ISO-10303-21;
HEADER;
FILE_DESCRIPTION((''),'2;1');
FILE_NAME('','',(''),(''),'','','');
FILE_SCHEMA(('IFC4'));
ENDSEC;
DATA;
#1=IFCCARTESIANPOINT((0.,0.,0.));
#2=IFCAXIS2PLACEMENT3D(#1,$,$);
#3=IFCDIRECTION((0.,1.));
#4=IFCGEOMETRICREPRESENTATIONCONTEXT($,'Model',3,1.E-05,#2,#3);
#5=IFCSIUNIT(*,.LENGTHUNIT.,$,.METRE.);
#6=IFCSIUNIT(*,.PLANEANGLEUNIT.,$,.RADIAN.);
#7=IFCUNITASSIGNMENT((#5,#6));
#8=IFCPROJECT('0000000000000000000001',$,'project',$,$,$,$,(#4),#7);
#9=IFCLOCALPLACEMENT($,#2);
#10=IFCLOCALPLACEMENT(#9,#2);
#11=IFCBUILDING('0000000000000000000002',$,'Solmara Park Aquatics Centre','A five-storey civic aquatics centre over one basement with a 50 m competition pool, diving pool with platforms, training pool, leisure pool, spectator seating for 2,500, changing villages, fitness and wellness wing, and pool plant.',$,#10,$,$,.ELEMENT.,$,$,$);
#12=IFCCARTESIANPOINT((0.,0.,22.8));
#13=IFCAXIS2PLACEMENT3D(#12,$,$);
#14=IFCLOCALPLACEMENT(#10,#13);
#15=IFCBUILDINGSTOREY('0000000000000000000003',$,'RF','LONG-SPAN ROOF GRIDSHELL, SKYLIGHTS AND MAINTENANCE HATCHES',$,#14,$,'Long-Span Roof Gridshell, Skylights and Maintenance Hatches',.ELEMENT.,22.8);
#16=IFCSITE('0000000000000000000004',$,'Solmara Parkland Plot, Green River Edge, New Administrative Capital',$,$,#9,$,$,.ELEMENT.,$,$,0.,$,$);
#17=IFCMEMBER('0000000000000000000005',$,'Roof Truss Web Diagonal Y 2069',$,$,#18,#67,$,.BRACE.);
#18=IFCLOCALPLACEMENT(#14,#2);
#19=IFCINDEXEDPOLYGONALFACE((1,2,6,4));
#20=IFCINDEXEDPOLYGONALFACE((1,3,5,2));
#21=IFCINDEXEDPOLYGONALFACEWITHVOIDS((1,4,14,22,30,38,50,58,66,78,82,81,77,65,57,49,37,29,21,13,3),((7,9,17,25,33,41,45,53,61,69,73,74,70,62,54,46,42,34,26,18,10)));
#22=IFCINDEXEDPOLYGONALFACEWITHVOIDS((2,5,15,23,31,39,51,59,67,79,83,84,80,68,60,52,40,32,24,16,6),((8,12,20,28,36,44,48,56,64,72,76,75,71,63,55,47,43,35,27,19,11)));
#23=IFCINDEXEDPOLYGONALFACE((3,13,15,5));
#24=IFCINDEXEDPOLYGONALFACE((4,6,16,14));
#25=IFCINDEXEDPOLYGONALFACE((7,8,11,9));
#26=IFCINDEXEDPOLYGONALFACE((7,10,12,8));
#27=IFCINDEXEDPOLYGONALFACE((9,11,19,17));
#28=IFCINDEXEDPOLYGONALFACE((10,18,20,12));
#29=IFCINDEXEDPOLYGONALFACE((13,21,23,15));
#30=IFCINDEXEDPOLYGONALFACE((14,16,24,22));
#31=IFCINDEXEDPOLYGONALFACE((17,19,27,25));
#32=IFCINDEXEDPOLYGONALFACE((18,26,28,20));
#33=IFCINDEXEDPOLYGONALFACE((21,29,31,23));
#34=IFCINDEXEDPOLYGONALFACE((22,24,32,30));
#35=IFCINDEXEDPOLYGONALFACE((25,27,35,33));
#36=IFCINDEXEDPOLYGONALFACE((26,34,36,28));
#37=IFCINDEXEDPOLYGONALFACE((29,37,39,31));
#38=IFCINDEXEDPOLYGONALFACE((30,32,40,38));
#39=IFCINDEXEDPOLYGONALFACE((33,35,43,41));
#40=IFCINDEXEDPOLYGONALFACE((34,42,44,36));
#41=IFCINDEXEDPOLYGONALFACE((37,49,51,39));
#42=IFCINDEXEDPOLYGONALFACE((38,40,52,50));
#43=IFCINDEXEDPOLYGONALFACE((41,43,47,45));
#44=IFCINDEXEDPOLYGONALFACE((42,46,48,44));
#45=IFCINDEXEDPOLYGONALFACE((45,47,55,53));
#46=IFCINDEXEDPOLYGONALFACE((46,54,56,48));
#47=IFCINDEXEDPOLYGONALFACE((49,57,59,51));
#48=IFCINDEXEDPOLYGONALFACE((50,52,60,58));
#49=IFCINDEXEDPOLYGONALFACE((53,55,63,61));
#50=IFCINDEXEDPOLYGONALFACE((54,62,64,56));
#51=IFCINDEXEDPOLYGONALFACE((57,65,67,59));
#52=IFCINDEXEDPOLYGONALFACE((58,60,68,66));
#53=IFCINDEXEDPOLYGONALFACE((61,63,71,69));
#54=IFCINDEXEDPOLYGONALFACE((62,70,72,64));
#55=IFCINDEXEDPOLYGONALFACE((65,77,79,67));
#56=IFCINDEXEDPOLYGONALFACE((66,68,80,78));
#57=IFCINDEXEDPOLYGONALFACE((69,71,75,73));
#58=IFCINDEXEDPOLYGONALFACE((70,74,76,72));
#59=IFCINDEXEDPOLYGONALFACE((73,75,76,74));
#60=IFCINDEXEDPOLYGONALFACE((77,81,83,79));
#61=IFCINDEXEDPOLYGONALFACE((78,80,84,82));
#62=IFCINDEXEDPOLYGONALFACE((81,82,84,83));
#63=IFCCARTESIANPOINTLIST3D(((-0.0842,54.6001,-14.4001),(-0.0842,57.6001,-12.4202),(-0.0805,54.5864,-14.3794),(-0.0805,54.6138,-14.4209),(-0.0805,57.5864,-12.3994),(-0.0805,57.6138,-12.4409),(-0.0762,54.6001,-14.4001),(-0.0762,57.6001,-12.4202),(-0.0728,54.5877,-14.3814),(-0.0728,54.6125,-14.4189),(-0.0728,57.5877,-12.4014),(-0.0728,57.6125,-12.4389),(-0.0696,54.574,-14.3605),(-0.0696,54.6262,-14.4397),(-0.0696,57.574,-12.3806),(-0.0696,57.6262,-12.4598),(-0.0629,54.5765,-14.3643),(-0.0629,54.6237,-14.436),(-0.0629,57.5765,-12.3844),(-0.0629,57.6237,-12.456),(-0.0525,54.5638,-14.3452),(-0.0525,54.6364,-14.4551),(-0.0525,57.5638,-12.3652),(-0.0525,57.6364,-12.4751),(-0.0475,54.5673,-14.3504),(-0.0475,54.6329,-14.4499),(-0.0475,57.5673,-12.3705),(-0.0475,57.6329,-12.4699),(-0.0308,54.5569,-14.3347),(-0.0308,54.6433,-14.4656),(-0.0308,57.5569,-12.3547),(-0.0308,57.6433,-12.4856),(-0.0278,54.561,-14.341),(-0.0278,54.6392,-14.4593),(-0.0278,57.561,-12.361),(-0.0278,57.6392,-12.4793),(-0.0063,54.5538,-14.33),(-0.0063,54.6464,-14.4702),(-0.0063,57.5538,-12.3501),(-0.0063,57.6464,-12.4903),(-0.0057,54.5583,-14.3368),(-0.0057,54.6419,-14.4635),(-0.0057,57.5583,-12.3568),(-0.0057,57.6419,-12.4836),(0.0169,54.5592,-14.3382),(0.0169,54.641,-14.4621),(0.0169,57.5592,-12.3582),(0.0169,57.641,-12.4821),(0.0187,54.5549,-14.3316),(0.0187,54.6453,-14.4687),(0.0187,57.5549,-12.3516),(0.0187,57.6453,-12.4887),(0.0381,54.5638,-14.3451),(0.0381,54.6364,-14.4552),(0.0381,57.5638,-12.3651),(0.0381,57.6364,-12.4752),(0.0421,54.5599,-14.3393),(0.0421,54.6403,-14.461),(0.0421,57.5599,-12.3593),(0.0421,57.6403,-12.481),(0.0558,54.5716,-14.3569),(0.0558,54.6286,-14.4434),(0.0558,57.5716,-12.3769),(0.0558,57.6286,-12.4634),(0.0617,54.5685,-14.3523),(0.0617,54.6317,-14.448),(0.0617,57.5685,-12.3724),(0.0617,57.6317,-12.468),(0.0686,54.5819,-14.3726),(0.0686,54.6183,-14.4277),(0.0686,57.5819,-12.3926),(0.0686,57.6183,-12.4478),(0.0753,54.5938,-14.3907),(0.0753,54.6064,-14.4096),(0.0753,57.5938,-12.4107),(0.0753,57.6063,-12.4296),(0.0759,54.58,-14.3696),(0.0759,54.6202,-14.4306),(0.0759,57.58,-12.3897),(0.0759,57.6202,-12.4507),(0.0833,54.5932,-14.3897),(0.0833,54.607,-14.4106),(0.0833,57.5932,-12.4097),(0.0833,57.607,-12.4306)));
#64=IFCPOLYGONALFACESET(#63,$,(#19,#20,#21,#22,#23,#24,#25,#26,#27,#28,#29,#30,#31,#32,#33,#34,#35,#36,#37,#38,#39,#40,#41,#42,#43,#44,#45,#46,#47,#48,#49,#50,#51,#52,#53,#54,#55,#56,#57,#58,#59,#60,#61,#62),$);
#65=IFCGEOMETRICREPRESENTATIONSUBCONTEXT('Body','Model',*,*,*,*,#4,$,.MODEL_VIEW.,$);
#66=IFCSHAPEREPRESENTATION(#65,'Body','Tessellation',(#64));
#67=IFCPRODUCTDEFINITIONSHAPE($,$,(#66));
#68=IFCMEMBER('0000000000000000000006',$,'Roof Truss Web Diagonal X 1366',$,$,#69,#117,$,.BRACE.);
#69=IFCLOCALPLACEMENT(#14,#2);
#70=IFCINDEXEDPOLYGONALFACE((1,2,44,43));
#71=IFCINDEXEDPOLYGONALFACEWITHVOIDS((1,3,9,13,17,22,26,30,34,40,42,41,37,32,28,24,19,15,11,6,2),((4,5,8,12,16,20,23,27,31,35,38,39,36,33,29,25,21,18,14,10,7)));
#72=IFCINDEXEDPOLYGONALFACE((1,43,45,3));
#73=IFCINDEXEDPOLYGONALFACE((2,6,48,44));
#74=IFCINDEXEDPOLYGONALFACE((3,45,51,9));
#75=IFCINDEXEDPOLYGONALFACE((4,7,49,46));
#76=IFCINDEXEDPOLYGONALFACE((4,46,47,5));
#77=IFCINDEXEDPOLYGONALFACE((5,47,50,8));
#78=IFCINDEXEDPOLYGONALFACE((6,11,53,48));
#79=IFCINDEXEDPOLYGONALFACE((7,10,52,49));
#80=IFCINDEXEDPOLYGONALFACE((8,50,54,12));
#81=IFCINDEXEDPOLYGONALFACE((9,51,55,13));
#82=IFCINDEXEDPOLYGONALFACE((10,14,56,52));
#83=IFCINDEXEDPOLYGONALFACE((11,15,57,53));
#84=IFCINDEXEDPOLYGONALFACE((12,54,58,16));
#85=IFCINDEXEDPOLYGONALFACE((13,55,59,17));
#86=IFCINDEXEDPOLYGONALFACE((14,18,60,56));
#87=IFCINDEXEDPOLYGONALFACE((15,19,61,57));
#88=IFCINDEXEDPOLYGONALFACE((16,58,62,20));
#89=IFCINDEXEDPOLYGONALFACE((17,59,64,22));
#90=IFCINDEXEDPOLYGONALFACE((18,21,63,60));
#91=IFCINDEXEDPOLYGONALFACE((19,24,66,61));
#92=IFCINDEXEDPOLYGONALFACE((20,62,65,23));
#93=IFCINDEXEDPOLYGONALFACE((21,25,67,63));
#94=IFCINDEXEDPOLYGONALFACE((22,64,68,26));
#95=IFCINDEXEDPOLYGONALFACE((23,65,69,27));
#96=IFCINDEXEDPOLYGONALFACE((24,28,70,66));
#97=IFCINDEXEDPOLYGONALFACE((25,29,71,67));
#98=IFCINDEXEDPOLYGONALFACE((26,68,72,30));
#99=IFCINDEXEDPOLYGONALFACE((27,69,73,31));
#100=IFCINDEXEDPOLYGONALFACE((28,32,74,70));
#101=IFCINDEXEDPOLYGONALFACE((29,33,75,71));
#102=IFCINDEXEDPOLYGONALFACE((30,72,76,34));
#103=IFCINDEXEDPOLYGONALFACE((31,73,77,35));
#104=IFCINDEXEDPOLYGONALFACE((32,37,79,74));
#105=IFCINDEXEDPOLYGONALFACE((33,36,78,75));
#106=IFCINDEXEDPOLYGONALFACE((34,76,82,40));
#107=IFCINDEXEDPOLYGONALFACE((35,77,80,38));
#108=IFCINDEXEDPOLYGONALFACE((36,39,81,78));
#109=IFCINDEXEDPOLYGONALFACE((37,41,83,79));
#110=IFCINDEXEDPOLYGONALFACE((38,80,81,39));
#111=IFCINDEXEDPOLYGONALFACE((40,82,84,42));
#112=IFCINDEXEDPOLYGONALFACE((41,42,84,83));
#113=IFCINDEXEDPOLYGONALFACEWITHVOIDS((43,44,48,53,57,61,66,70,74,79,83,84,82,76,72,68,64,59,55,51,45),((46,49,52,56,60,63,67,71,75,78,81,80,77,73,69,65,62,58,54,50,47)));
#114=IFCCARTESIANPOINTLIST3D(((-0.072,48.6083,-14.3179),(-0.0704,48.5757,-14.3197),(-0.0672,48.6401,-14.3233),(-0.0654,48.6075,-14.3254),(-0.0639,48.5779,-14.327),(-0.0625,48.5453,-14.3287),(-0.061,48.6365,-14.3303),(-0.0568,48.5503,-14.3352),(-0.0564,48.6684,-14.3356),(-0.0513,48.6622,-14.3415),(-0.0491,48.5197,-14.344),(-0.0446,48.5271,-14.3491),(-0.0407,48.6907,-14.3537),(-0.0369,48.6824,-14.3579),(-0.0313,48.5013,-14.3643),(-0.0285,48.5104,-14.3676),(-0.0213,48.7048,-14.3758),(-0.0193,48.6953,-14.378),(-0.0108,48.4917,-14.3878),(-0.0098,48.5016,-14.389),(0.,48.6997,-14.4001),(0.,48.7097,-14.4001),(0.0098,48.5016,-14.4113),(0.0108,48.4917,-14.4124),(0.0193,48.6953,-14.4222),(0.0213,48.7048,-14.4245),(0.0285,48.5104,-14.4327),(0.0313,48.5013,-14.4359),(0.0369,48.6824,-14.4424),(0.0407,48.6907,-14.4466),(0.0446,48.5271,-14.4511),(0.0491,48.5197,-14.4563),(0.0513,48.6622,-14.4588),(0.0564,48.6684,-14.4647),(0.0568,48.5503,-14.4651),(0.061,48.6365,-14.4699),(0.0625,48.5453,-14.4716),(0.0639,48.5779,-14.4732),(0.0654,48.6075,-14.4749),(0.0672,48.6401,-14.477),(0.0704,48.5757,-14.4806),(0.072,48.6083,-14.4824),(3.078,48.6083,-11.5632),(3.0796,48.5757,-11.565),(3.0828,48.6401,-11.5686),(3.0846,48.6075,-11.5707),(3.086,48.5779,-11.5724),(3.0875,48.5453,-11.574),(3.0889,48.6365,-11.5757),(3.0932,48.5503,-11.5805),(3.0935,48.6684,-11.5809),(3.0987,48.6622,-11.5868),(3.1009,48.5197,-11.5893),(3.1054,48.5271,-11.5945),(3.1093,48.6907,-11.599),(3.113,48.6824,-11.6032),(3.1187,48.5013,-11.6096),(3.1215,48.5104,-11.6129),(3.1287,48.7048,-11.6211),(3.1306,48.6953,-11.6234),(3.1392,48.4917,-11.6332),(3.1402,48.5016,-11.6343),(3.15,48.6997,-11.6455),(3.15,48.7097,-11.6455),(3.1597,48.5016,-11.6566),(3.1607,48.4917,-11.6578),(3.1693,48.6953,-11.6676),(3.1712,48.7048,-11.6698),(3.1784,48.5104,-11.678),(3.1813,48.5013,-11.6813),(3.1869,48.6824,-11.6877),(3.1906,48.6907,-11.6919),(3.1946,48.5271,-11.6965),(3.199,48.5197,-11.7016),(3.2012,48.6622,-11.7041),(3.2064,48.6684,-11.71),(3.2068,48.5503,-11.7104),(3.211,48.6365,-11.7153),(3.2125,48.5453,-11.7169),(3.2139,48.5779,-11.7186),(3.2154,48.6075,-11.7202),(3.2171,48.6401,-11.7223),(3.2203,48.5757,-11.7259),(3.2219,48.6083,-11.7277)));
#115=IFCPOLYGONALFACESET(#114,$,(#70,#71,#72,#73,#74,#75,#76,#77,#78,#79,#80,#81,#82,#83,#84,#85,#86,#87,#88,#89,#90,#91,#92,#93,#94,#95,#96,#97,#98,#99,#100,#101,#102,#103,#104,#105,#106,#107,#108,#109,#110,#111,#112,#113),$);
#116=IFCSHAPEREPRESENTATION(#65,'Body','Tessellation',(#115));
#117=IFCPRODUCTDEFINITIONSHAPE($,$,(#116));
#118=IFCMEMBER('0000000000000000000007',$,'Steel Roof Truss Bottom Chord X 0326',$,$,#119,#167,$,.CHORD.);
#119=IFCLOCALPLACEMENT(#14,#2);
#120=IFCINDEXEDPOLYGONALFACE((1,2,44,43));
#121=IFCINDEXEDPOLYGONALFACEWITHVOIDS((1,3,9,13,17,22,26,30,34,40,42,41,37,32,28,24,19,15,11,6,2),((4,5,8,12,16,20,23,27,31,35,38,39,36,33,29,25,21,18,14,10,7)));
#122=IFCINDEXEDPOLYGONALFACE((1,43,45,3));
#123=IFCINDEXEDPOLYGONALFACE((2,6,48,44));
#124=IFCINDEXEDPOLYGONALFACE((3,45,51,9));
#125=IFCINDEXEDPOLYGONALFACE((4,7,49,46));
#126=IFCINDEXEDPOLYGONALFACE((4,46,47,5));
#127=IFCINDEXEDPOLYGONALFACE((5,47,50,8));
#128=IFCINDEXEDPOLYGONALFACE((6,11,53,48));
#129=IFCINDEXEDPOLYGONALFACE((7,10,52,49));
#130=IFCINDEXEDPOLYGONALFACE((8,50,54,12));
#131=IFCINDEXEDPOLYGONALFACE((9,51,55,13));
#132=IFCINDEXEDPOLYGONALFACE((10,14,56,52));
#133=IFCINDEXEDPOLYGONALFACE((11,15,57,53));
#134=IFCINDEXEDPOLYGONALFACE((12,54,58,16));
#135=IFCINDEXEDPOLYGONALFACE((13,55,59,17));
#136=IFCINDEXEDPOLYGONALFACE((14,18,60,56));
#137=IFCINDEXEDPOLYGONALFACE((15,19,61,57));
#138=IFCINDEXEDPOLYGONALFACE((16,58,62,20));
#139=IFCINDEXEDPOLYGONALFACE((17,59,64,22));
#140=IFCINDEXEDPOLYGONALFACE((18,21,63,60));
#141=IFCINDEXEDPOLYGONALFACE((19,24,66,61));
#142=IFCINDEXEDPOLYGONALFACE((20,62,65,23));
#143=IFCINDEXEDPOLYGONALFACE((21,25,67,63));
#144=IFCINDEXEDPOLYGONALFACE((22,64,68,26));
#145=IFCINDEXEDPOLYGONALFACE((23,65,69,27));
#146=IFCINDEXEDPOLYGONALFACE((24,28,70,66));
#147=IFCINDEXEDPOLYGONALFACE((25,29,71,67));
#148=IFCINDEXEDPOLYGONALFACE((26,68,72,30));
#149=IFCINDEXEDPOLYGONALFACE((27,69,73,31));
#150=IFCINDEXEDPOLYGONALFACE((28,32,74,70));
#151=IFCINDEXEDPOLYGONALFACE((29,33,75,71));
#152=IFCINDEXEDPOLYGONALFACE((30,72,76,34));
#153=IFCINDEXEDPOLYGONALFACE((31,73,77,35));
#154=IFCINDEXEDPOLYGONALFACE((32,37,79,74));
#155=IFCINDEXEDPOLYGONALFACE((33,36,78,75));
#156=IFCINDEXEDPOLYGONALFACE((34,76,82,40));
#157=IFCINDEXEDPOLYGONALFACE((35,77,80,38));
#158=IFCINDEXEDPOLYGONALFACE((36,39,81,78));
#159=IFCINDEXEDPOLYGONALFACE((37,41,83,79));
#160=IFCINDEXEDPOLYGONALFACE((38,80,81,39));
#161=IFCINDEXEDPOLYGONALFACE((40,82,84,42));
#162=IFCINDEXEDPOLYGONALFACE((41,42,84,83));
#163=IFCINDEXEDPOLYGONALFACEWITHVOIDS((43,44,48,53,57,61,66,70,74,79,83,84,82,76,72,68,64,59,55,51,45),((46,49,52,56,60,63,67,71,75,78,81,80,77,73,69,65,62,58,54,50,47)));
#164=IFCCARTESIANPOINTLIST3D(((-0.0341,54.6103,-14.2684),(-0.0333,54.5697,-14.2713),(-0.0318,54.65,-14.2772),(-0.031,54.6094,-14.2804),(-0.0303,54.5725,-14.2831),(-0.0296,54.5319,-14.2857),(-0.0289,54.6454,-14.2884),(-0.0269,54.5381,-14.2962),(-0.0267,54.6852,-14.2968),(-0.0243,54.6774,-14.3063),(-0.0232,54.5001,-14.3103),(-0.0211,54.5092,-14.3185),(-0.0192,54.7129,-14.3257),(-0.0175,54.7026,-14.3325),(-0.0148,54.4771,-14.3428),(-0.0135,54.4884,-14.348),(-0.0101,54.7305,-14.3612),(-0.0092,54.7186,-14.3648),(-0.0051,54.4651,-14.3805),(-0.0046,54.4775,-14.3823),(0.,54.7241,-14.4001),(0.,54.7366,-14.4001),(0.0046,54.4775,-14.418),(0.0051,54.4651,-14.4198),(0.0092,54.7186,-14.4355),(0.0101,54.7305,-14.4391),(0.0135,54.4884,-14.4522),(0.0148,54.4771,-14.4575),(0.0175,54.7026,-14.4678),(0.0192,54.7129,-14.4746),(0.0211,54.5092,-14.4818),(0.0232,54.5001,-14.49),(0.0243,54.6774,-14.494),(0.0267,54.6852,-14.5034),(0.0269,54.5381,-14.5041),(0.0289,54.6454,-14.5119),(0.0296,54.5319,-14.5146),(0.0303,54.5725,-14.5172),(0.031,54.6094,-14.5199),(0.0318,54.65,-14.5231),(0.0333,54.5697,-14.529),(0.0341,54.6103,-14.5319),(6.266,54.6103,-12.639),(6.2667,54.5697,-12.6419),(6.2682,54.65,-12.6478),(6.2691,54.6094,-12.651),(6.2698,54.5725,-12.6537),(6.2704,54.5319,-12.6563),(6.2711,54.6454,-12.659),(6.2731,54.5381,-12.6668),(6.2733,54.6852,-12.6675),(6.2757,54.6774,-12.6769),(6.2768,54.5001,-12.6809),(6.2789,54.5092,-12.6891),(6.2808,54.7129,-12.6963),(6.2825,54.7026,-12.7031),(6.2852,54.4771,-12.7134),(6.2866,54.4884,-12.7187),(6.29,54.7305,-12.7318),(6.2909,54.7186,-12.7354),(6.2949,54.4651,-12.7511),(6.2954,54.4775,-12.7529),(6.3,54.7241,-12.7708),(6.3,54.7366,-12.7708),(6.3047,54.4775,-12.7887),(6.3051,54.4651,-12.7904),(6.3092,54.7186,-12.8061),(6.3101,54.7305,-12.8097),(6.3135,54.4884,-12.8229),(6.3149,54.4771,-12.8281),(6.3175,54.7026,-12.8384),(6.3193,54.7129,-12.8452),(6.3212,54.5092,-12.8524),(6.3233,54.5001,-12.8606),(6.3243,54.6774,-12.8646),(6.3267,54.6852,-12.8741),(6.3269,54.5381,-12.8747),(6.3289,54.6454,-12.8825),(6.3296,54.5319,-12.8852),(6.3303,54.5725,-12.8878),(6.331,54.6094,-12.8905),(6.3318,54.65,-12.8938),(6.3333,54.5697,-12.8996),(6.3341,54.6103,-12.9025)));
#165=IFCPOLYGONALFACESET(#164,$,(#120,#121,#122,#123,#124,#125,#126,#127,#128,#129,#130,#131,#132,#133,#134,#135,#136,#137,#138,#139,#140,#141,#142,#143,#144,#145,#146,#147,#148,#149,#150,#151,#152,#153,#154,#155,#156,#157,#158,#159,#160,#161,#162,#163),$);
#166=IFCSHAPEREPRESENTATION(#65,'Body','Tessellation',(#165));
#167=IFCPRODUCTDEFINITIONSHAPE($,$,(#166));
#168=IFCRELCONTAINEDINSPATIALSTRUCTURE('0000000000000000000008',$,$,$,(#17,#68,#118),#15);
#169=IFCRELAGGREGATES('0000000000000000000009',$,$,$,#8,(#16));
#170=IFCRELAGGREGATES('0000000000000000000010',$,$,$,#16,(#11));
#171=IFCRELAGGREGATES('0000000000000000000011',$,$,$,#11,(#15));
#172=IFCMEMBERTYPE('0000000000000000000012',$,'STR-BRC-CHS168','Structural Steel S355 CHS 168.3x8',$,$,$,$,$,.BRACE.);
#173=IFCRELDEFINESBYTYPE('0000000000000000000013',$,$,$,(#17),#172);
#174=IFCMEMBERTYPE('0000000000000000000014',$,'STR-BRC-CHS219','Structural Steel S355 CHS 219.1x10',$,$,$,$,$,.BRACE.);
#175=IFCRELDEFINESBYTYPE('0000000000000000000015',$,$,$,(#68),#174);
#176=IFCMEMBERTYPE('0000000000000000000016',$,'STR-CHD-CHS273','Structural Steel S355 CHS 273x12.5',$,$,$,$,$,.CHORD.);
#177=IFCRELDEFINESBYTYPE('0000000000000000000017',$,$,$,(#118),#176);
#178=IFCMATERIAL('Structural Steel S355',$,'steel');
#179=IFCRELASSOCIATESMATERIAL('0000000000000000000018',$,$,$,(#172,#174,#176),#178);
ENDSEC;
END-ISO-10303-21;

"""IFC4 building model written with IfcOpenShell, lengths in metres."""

from ifc_helpers import new_model, si_unit, direction, frame, origin, origin_2d, place, context, subcontext, project, spatial, hollow_circle, extrude, material, material_profile, profile_set, type_object, element, save


model = new_model("IFC4")

# Units and contexts
model_context = context("Model", 3, precision=1e-05, world=origin(), true_north=direction((0.0, 1.0)))
body_context = subcontext(model_context, "Body", "Model", "MODEL_VIEW")
ifc_project = project(units=[si_unit("LENGTHUNIT", "METRE"), si_unit("PLANEANGLEUNIT", "RADIAN")], contexts=[model_context])

# Site, building, storey
site_placement = place(None, origin())
site = spatial("IfcSite", under=ifc_project, at=site_placement, Name="Solmara Parkland Plot, Green River Edge, New Administrative Capital", CompositionType="ELEMENT", RefElevation=0.0)
building_placement = place(site_placement, origin())
building = spatial("IfcBuilding", under=site, at=building_placement, Name="Solmara Park Aquatics Centre", Description="A five-storey civic aquatics centre over one basement with a 50 m competition pool, diving pool with platforms, training pool, leisure pool, spectator seating for 2,500, changing villages, fitness and wellness wing, and pool plant.", CompositionType="ELEMENT")
storey_placement = place(building_placement, frame((0.0, 0.0, 22.8)))
storey = spatial("IfcBuildingStorey", under=building, at=storey_placement, Name="RF", Description="LONG-SPAN ROOF GRIDSHELL, SKYLIGHTS AND MAINTENANCE HATCHES", LongName="Long-Span Roof Gridshell, Skylights and Maintenance Hatches", CompositionType="ELEMENT", Elevation=22.8)

# Members
ifc_material_1 = material(Name="Structural Steel S355", Category="steel")
ifc_material_profile_1 = material_profile(ifc_material_1, hollow_circle(Radius=0.0842, WallThickness=0.0081, at=origin_2d()), Name="CHS 168.3x8")
ifc_profile_set_1 = profile_set([ifc_material_profile_1], Name="Structural Steel S355")
member_type_1 = type_object("IfcMemberType", Name="STR-BRC-CHS168", Description="Structural Steel S355 CHS 168.3x8", PredefinedType="BRACE", material=ifc_profile_set_1)
for number, where, z_axis, x_axis, name in (
    (1, (0.0, 54.6001, -14.4001), (0.0, 0.834612, 0.550838), (-1.0, 0.0, 0.0), "Roof Truss Web Diagonal Y 2069"),
):
    element("IfcMember", number, at=place(storey_placement, frame(where, z_axis=z_axis, x_axis=x_axis)), inside=storey, type_object=member_type_1, Name=name, PredefinedType="BRACE", context=body_context, shape_type="SweptSolid", body=[
        extrude(hollow_circle(Radius=0.0842, WallThickness=0.0081, at=origin_2d()), origin(), (0.0, 0.0, 1.0), 3.5945),
    ])
ifc_material_profile_2 = material_profile(ifc_material_1, hollow_circle(Radius=0.1096, WallThickness=0.01, at=origin_2d()), Name="CHS 219.1x10")
ifc_profile_set_2 = profile_set([ifc_material_profile_2], Name="Structural Steel S355")
member_type_2 = type_object("IfcMemberType", Name="STR-BRC-CHS219", Description="Structural Steel S355 CHS 219.1x10", PredefinedType="BRACE", material=ifc_profile_set_2)
member_1_placement = place(storey_placement, frame((0.0, 48.6001, -14.4001), z_axis=(0.752757, 0.0, 0.658298), x_axis=(0.0, 1.0, 0.0)))
element("IfcMember", 2, at=member_1_placement, inside=storey, type_object=member_type_2, Name="Roof Truss Web Diagonal X 1366", PredefinedType="BRACE", context=body_context, shape_type="SweptSolid", body=[
    extrude(hollow_circle(Radius=0.1096, WallThickness=0.01, at=origin_2d()), origin(), (0.0, 0.0, 1.0), 4.1846),
])
ifc_material_profile_3 = material_profile(ifc_material_1, hollow_circle(Radius=0.1365, WallThickness=0.0125, at=origin_2d()), Name="CHS 273x12.5")
ifc_profile_set_3 = profile_set([ifc_material_profile_3], Name="Structural Steel S355")
member_type_3 = type_object("IfcMemberType", Name="STR-CHD-CHS273", Description="Structural Steel S355 CHS 273x12.5", PredefinedType="CHORD", material=ifc_profile_set_3)
member_2_placement = place(storey_placement, frame((0.0, 54.6001, -14.4001), z_axis=(0.968144, 0.0, 0.250393), x_axis=(0.0, 1.0, 0.0)))
element("IfcMember", 3, at=member_2_placement, inside=storey, type_object=member_type_3, Name="Steel Roof Truss Bottom Chord X 0326", PredefinedType="CHORD", context=body_context, shape_type="SweptSolid", body=[
    extrude(hollow_circle(Radius=0.1365, WallThickness=0.0125, at=origin_2d()), origin(), (0.0, 0.0, 1.0), 6.5073),
])

save(model, "model.ifc")
